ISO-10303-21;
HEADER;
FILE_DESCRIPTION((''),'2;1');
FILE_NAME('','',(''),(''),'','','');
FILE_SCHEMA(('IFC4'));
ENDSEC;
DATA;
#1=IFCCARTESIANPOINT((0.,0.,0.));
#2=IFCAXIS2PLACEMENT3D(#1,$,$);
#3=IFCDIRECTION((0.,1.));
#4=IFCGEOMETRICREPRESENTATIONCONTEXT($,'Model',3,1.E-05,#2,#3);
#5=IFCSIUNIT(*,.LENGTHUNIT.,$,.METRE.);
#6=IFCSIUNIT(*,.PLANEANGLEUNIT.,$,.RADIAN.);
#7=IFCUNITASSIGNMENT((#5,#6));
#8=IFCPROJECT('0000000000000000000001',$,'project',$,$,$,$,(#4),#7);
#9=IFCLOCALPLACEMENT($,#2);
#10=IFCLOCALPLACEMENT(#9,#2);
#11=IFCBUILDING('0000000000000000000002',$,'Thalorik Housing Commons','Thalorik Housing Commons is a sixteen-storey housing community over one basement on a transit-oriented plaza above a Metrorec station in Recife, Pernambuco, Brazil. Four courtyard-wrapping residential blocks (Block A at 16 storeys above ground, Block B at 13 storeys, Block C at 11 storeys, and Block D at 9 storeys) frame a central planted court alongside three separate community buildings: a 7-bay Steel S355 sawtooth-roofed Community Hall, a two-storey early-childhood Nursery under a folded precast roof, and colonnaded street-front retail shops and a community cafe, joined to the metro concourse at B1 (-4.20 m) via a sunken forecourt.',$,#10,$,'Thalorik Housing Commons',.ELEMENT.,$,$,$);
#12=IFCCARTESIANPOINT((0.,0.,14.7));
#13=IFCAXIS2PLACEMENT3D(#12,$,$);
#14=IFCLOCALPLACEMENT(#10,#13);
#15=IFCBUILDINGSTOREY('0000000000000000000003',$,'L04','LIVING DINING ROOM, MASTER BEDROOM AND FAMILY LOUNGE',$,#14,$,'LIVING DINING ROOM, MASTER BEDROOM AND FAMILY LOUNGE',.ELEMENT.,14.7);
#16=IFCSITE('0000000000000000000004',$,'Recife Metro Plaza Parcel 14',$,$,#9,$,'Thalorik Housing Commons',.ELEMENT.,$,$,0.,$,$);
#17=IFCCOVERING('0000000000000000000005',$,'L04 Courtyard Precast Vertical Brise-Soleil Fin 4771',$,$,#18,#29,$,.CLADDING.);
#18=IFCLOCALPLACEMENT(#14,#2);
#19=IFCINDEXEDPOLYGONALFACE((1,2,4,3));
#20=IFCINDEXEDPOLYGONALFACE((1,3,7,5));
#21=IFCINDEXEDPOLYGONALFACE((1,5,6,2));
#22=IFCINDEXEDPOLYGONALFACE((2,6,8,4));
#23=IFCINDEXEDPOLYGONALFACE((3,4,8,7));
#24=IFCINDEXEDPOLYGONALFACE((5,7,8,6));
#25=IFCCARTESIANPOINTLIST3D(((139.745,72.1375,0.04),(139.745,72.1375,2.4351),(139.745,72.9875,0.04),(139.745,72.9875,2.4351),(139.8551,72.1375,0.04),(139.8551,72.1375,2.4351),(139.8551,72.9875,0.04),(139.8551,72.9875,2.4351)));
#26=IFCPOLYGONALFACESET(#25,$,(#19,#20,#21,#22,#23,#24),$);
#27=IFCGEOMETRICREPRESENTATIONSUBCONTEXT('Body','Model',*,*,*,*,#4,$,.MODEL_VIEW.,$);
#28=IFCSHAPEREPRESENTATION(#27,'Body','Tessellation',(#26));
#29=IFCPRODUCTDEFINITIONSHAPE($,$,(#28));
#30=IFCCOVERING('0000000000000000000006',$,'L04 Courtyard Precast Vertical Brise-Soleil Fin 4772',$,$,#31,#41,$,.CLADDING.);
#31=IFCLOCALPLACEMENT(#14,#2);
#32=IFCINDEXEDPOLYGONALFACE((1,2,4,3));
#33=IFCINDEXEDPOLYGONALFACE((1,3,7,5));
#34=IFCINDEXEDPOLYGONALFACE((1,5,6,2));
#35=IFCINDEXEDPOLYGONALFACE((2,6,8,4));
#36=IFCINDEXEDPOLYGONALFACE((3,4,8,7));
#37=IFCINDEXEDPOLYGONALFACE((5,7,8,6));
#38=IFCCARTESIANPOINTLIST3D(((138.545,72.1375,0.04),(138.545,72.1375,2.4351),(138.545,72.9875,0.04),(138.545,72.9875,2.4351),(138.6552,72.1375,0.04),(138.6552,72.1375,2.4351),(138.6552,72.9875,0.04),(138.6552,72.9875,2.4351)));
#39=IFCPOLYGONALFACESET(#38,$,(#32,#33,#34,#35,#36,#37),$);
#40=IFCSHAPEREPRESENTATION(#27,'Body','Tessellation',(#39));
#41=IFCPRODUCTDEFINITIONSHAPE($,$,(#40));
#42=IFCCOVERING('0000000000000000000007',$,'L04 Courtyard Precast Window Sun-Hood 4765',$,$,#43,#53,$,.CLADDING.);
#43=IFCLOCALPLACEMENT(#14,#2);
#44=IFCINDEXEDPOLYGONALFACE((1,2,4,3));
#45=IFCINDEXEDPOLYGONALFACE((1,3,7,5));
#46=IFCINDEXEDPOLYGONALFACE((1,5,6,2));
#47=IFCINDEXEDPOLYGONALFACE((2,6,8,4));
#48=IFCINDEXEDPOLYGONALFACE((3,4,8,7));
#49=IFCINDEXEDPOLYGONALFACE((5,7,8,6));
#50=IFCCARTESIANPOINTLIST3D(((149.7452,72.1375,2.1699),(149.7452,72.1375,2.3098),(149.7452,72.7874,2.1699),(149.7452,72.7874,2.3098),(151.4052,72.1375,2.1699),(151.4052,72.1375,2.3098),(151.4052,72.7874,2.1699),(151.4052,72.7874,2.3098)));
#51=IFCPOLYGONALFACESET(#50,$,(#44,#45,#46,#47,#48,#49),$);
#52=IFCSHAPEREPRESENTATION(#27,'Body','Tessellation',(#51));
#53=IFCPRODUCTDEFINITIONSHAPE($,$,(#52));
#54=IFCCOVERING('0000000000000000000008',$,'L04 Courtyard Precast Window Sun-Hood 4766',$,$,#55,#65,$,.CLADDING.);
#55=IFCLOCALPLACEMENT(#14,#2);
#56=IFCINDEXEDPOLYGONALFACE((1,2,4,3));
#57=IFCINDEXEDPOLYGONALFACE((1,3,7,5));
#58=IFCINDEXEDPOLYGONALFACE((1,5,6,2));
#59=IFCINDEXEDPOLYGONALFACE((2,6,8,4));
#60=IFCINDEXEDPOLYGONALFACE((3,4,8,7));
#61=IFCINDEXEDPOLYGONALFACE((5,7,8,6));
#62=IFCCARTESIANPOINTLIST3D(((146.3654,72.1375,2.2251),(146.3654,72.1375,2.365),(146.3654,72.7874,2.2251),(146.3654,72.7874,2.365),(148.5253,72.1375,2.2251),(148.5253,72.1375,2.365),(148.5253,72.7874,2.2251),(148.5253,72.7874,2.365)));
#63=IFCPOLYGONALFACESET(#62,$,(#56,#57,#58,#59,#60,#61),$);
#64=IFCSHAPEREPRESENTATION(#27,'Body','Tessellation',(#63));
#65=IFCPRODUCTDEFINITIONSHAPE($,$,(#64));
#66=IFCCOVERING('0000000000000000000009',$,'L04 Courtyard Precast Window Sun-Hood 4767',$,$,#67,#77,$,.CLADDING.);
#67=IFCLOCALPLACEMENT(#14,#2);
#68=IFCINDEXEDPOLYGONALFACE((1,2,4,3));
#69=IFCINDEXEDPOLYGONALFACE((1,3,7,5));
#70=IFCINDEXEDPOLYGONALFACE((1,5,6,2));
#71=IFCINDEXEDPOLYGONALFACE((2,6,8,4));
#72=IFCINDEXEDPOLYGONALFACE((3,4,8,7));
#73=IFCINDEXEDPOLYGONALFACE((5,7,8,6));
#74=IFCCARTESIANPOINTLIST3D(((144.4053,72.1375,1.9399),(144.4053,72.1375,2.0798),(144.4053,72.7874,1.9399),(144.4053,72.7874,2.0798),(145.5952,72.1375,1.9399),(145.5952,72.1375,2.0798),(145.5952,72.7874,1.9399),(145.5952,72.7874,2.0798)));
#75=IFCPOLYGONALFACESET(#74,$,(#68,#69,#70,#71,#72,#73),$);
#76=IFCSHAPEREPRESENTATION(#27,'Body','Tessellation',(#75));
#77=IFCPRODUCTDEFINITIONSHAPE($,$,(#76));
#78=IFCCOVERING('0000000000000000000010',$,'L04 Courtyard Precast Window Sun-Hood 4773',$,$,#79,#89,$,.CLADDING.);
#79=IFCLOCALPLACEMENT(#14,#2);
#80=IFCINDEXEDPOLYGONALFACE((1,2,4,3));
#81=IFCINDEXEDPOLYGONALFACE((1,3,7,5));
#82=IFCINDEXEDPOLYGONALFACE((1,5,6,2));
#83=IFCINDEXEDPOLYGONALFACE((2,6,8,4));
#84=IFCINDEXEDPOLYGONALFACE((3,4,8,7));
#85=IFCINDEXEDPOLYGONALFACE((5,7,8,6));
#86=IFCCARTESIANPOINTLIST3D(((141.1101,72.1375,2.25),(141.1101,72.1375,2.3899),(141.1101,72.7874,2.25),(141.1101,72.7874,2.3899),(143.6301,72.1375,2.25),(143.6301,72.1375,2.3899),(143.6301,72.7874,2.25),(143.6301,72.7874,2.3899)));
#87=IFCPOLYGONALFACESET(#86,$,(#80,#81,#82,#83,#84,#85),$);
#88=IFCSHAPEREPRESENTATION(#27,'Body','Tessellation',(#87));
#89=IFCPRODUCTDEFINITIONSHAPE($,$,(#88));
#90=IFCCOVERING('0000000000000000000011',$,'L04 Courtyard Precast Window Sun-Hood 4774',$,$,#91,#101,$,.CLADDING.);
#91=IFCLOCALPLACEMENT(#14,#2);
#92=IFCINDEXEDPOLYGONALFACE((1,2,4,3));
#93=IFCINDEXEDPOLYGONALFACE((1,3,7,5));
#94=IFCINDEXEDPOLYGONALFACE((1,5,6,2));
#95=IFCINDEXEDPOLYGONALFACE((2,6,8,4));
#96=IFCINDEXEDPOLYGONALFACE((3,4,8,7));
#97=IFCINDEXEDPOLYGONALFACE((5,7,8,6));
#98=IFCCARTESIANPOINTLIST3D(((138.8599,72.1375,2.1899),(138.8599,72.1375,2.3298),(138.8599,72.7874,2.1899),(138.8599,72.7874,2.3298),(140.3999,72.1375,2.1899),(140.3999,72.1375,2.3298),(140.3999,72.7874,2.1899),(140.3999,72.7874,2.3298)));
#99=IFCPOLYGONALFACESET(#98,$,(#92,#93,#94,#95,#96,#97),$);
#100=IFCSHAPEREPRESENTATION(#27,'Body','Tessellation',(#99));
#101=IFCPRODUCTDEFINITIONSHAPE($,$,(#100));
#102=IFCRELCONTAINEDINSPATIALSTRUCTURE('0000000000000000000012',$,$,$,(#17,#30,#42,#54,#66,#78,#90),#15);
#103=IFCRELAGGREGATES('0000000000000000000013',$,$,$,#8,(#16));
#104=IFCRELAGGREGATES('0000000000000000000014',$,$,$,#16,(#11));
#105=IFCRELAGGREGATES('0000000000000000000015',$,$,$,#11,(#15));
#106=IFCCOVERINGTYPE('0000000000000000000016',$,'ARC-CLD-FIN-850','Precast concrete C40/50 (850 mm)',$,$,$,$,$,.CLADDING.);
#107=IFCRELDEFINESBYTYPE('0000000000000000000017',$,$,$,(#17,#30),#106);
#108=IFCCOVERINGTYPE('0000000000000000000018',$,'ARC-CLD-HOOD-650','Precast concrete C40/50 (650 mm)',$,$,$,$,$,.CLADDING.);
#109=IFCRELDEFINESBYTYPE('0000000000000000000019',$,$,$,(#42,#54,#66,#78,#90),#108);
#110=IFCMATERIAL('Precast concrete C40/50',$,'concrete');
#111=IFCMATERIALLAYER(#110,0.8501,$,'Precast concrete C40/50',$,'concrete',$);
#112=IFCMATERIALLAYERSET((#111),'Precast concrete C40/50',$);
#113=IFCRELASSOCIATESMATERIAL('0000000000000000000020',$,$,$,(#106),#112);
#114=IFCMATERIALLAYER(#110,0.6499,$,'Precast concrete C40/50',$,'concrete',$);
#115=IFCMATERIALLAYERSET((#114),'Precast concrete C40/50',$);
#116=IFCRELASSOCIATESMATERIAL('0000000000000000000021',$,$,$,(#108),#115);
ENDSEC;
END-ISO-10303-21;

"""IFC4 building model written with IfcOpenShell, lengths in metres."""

from ifc_helpers import new_model, si_unit, direction, frame, origin, origin_2d, place, context, subcontext, project, spatial, rectangle, extrude, material, layer, layer_set, type_object, element, save


model = new_model("IFC4")

# Units and contexts
model_context = context("Model", 3, precision=1e-05, world=origin(), true_north=direction((0.0, 1.0)))
body_context = subcontext(model_context, "Body", "Model", "MODEL_VIEW")
ifc_project = project(units=[si_unit("LENGTHUNIT", "METRE"), si_unit("PLANEANGLEUNIT", "RADIAN")], contexts=[model_context])

# Site, building, storey
site_placement = place(None, origin())
site = spatial("IfcSite", under=ifc_project, at=site_placement, Name="Recife Metro Plaza Parcel 14", LongName="Thalorik Housing Commons", CompositionType="ELEMENT", RefElevation=0.0)
building_placement = place(site_placement, origin())
building = spatial("IfcBuilding", under=site, at=building_placement, Name="Thalorik Housing Commons", Description="Thalorik Housing Commons is a sixteen-storey housing community over one basement on a transit-oriented plaza above a Metrorec station in Recife, Pernambuco, Brazil. Four courtyard-wrapping residential blocks (Block A at 16 storeys above ground, Block B at 13 storeys, Block C at 11 storeys, and Block D at 9 storeys) frame a central planted court alongside three separate community buildings: a 7-bay Steel S355 sawtooth-roofed Community Hall, a two-storey early-childhood Nursery under a folded precast roof, and colonnaded street-front retail shops and a community cafe, joined to the metro concourse at B1 (-4.20 m) via a sunken forecourt.", LongName="Thalorik Housing Commons", CompositionType="ELEMENT")
storey_placement = place(building_placement, frame((0.0, 0.0, 14.7)))
storey = spatial("IfcBuildingStorey", under=building, at=storey_placement, Name="L04", Description="LIVING DINING ROOM, MASTER BEDROOM AND FAMILY LOUNGE", LongName="LIVING DINING ROOM, MASTER BEDROOM AND FAMILY LOUNGE", CompositionType="ELEMENT", Elevation=14.7)

# Coverings
ifc_material = material(Name="Precast concrete C40/50", Category="concrete")
ifc_layer_1 = layer(ifc_material, 0.8501, Name="Precast concrete C40/50", Category="concrete")
ifc_layer_set_1 = layer_set([ifc_layer_1], Name="Precast concrete C40/50")
covering_type_1 = type_object("IfcCoveringType", Name="ARC-CLD-FIN-850", Description="Precast concrete C40/50 (850 mm)", PredefinedType="CLADDING", material=ifc_layer_set_1)
for number, where, z_axis, x_axis, name in (
    (1, (139.8, 72.5625, 0.04), (0.0, 0.0, 1.0), (-1.0, 0.0, 0.0), "L04 Courtyard Precast Vertical Brise-Soleil Fin 4771"),
    (2, (138.6001, 72.5625, 0.04), (0.0, 0.0, 1.0), (-1.0, 0.0, 0.0), "L04 Courtyard Precast Vertical Brise-Soleil Fin 4772"),
):
    element("IfcCovering", number, at=place(storey_placement, frame(where, z_axis=z_axis, x_axis=x_axis)), inside=storey, type_object=covering_type_1, Name=name, PredefinedType="CLADDING", context=body_context, shape_type="SweptSolid", body=[
        extrude(rectangle(XDim=0.1101, YDim=0.8501, at=origin_2d()), origin(), (0.0, 0.0, 1.0), 2.395),
    ])
ifc_layer_2 = layer(ifc_material, 0.6499, Name="Precast concrete C40/50", Category="concrete")
ifc_layer_set_2 = layer_set([ifc_layer_2], Name="Precast concrete C40/50")
covering_type_2 = type_object("IfcCoveringType", Name="ARC-CLD-HOOD-650", Description="Precast concrete C40/50 (650 mm)", PredefinedType="CLADDING", material=ifc_layer_set_2)
covering_1_placement = place(storey_placement, frame((150.5752, 72.4624, 2.1699), z_axis=(0.0, 0.0, 1.0), x_axis=(-1.0, 0.0, 0.0)))
element("IfcCovering", 3, at=covering_1_placement, inside=storey, type_object=covering_type_2, Name="L04 Courtyard Precast Window Sun-Hood 4765", PredefinedType="CLADDING", context=body_context, shape_type="SweptSolid", body=[
    extrude(rectangle(XDim=1.6599, YDim=0.6499, at=origin_2d()), origin(), (0.0, 0.0, 1.0), 0.1399),
])
covering_2_placement = place(storey_placement, frame((147.4453, 72.4624, 2.2251), z_axis=(0.0, 0.0, 1.0), x_axis=(-1.0, 0.0, 0.0)))
element("IfcCovering", 4, at=covering_2_placement, inside=storey, type_object=covering_type_2, Name="L04 Courtyard Precast Window Sun-Hood 4766", PredefinedType="CLADDING", context=body_context, shape_type="SweptSolid", body=[
    extrude(rectangle(XDim=2.1599, YDim=0.6499, at=origin_2d()), origin(), (0.0, 0.0, 1.0), 0.1399),
])
covering_3_placement = place(storey_placement, frame((145.0002, 72.4624, 1.9399), z_axis=(0.0, 0.0, 1.0), x_axis=(-1.0, 0.0, 0.0)))
element("IfcCovering", 5, at=covering_3_placement, inside=storey, type_object=covering_type_2, Name="L04 Courtyard Precast Window Sun-Hood 4767", PredefinedType="CLADDING", context=body_context, shape_type="SweptSolid", body=[
    extrude(rectangle(XDim=1.1899, YDim=0.6499, at=origin_2d()), origin(), (0.0, 0.0, 1.0), 0.1399),
])
covering_4_placement = place(storey_placement, frame((142.3701, 72.4624, 2.25), z_axis=(0.0, 0.0, 1.0), x_axis=(-1.0, 0.0, 0.0)))
element("IfcCovering", 6, at=covering_4_placement, inside=storey, type_object=covering_type_2, Name="L04 Courtyard Precast Window Sun-Hood 4773", PredefinedType="CLADDING", context=body_context, shape_type="SweptSolid", body=[
    extrude(rectangle(XDim=2.52, YDim=0.6499, at=origin_2d()), origin(), (0.0, 0.0, 1.0), 0.1399),
])
covering_5_placement = place(storey_placement, frame((139.6299, 72.4624, 2.1899), z_axis=(0.0, 0.0, 1.0), x_axis=(-1.0, 0.0, 0.0)))
element("IfcCovering", 7, at=covering_5_placement, inside=storey, type_object=covering_type_2, Name="L04 Courtyard Precast Window Sun-Hood 4774", PredefinedType="CLADDING", context=body_context, shape_type="SweptSolid", body=[
    extrude(rectangle(XDim=1.54, YDim=0.6499, at=origin_2d()), origin(), (0.0, 0.0, 1.0), 0.1399),
])

save(model, "model.ifc")
